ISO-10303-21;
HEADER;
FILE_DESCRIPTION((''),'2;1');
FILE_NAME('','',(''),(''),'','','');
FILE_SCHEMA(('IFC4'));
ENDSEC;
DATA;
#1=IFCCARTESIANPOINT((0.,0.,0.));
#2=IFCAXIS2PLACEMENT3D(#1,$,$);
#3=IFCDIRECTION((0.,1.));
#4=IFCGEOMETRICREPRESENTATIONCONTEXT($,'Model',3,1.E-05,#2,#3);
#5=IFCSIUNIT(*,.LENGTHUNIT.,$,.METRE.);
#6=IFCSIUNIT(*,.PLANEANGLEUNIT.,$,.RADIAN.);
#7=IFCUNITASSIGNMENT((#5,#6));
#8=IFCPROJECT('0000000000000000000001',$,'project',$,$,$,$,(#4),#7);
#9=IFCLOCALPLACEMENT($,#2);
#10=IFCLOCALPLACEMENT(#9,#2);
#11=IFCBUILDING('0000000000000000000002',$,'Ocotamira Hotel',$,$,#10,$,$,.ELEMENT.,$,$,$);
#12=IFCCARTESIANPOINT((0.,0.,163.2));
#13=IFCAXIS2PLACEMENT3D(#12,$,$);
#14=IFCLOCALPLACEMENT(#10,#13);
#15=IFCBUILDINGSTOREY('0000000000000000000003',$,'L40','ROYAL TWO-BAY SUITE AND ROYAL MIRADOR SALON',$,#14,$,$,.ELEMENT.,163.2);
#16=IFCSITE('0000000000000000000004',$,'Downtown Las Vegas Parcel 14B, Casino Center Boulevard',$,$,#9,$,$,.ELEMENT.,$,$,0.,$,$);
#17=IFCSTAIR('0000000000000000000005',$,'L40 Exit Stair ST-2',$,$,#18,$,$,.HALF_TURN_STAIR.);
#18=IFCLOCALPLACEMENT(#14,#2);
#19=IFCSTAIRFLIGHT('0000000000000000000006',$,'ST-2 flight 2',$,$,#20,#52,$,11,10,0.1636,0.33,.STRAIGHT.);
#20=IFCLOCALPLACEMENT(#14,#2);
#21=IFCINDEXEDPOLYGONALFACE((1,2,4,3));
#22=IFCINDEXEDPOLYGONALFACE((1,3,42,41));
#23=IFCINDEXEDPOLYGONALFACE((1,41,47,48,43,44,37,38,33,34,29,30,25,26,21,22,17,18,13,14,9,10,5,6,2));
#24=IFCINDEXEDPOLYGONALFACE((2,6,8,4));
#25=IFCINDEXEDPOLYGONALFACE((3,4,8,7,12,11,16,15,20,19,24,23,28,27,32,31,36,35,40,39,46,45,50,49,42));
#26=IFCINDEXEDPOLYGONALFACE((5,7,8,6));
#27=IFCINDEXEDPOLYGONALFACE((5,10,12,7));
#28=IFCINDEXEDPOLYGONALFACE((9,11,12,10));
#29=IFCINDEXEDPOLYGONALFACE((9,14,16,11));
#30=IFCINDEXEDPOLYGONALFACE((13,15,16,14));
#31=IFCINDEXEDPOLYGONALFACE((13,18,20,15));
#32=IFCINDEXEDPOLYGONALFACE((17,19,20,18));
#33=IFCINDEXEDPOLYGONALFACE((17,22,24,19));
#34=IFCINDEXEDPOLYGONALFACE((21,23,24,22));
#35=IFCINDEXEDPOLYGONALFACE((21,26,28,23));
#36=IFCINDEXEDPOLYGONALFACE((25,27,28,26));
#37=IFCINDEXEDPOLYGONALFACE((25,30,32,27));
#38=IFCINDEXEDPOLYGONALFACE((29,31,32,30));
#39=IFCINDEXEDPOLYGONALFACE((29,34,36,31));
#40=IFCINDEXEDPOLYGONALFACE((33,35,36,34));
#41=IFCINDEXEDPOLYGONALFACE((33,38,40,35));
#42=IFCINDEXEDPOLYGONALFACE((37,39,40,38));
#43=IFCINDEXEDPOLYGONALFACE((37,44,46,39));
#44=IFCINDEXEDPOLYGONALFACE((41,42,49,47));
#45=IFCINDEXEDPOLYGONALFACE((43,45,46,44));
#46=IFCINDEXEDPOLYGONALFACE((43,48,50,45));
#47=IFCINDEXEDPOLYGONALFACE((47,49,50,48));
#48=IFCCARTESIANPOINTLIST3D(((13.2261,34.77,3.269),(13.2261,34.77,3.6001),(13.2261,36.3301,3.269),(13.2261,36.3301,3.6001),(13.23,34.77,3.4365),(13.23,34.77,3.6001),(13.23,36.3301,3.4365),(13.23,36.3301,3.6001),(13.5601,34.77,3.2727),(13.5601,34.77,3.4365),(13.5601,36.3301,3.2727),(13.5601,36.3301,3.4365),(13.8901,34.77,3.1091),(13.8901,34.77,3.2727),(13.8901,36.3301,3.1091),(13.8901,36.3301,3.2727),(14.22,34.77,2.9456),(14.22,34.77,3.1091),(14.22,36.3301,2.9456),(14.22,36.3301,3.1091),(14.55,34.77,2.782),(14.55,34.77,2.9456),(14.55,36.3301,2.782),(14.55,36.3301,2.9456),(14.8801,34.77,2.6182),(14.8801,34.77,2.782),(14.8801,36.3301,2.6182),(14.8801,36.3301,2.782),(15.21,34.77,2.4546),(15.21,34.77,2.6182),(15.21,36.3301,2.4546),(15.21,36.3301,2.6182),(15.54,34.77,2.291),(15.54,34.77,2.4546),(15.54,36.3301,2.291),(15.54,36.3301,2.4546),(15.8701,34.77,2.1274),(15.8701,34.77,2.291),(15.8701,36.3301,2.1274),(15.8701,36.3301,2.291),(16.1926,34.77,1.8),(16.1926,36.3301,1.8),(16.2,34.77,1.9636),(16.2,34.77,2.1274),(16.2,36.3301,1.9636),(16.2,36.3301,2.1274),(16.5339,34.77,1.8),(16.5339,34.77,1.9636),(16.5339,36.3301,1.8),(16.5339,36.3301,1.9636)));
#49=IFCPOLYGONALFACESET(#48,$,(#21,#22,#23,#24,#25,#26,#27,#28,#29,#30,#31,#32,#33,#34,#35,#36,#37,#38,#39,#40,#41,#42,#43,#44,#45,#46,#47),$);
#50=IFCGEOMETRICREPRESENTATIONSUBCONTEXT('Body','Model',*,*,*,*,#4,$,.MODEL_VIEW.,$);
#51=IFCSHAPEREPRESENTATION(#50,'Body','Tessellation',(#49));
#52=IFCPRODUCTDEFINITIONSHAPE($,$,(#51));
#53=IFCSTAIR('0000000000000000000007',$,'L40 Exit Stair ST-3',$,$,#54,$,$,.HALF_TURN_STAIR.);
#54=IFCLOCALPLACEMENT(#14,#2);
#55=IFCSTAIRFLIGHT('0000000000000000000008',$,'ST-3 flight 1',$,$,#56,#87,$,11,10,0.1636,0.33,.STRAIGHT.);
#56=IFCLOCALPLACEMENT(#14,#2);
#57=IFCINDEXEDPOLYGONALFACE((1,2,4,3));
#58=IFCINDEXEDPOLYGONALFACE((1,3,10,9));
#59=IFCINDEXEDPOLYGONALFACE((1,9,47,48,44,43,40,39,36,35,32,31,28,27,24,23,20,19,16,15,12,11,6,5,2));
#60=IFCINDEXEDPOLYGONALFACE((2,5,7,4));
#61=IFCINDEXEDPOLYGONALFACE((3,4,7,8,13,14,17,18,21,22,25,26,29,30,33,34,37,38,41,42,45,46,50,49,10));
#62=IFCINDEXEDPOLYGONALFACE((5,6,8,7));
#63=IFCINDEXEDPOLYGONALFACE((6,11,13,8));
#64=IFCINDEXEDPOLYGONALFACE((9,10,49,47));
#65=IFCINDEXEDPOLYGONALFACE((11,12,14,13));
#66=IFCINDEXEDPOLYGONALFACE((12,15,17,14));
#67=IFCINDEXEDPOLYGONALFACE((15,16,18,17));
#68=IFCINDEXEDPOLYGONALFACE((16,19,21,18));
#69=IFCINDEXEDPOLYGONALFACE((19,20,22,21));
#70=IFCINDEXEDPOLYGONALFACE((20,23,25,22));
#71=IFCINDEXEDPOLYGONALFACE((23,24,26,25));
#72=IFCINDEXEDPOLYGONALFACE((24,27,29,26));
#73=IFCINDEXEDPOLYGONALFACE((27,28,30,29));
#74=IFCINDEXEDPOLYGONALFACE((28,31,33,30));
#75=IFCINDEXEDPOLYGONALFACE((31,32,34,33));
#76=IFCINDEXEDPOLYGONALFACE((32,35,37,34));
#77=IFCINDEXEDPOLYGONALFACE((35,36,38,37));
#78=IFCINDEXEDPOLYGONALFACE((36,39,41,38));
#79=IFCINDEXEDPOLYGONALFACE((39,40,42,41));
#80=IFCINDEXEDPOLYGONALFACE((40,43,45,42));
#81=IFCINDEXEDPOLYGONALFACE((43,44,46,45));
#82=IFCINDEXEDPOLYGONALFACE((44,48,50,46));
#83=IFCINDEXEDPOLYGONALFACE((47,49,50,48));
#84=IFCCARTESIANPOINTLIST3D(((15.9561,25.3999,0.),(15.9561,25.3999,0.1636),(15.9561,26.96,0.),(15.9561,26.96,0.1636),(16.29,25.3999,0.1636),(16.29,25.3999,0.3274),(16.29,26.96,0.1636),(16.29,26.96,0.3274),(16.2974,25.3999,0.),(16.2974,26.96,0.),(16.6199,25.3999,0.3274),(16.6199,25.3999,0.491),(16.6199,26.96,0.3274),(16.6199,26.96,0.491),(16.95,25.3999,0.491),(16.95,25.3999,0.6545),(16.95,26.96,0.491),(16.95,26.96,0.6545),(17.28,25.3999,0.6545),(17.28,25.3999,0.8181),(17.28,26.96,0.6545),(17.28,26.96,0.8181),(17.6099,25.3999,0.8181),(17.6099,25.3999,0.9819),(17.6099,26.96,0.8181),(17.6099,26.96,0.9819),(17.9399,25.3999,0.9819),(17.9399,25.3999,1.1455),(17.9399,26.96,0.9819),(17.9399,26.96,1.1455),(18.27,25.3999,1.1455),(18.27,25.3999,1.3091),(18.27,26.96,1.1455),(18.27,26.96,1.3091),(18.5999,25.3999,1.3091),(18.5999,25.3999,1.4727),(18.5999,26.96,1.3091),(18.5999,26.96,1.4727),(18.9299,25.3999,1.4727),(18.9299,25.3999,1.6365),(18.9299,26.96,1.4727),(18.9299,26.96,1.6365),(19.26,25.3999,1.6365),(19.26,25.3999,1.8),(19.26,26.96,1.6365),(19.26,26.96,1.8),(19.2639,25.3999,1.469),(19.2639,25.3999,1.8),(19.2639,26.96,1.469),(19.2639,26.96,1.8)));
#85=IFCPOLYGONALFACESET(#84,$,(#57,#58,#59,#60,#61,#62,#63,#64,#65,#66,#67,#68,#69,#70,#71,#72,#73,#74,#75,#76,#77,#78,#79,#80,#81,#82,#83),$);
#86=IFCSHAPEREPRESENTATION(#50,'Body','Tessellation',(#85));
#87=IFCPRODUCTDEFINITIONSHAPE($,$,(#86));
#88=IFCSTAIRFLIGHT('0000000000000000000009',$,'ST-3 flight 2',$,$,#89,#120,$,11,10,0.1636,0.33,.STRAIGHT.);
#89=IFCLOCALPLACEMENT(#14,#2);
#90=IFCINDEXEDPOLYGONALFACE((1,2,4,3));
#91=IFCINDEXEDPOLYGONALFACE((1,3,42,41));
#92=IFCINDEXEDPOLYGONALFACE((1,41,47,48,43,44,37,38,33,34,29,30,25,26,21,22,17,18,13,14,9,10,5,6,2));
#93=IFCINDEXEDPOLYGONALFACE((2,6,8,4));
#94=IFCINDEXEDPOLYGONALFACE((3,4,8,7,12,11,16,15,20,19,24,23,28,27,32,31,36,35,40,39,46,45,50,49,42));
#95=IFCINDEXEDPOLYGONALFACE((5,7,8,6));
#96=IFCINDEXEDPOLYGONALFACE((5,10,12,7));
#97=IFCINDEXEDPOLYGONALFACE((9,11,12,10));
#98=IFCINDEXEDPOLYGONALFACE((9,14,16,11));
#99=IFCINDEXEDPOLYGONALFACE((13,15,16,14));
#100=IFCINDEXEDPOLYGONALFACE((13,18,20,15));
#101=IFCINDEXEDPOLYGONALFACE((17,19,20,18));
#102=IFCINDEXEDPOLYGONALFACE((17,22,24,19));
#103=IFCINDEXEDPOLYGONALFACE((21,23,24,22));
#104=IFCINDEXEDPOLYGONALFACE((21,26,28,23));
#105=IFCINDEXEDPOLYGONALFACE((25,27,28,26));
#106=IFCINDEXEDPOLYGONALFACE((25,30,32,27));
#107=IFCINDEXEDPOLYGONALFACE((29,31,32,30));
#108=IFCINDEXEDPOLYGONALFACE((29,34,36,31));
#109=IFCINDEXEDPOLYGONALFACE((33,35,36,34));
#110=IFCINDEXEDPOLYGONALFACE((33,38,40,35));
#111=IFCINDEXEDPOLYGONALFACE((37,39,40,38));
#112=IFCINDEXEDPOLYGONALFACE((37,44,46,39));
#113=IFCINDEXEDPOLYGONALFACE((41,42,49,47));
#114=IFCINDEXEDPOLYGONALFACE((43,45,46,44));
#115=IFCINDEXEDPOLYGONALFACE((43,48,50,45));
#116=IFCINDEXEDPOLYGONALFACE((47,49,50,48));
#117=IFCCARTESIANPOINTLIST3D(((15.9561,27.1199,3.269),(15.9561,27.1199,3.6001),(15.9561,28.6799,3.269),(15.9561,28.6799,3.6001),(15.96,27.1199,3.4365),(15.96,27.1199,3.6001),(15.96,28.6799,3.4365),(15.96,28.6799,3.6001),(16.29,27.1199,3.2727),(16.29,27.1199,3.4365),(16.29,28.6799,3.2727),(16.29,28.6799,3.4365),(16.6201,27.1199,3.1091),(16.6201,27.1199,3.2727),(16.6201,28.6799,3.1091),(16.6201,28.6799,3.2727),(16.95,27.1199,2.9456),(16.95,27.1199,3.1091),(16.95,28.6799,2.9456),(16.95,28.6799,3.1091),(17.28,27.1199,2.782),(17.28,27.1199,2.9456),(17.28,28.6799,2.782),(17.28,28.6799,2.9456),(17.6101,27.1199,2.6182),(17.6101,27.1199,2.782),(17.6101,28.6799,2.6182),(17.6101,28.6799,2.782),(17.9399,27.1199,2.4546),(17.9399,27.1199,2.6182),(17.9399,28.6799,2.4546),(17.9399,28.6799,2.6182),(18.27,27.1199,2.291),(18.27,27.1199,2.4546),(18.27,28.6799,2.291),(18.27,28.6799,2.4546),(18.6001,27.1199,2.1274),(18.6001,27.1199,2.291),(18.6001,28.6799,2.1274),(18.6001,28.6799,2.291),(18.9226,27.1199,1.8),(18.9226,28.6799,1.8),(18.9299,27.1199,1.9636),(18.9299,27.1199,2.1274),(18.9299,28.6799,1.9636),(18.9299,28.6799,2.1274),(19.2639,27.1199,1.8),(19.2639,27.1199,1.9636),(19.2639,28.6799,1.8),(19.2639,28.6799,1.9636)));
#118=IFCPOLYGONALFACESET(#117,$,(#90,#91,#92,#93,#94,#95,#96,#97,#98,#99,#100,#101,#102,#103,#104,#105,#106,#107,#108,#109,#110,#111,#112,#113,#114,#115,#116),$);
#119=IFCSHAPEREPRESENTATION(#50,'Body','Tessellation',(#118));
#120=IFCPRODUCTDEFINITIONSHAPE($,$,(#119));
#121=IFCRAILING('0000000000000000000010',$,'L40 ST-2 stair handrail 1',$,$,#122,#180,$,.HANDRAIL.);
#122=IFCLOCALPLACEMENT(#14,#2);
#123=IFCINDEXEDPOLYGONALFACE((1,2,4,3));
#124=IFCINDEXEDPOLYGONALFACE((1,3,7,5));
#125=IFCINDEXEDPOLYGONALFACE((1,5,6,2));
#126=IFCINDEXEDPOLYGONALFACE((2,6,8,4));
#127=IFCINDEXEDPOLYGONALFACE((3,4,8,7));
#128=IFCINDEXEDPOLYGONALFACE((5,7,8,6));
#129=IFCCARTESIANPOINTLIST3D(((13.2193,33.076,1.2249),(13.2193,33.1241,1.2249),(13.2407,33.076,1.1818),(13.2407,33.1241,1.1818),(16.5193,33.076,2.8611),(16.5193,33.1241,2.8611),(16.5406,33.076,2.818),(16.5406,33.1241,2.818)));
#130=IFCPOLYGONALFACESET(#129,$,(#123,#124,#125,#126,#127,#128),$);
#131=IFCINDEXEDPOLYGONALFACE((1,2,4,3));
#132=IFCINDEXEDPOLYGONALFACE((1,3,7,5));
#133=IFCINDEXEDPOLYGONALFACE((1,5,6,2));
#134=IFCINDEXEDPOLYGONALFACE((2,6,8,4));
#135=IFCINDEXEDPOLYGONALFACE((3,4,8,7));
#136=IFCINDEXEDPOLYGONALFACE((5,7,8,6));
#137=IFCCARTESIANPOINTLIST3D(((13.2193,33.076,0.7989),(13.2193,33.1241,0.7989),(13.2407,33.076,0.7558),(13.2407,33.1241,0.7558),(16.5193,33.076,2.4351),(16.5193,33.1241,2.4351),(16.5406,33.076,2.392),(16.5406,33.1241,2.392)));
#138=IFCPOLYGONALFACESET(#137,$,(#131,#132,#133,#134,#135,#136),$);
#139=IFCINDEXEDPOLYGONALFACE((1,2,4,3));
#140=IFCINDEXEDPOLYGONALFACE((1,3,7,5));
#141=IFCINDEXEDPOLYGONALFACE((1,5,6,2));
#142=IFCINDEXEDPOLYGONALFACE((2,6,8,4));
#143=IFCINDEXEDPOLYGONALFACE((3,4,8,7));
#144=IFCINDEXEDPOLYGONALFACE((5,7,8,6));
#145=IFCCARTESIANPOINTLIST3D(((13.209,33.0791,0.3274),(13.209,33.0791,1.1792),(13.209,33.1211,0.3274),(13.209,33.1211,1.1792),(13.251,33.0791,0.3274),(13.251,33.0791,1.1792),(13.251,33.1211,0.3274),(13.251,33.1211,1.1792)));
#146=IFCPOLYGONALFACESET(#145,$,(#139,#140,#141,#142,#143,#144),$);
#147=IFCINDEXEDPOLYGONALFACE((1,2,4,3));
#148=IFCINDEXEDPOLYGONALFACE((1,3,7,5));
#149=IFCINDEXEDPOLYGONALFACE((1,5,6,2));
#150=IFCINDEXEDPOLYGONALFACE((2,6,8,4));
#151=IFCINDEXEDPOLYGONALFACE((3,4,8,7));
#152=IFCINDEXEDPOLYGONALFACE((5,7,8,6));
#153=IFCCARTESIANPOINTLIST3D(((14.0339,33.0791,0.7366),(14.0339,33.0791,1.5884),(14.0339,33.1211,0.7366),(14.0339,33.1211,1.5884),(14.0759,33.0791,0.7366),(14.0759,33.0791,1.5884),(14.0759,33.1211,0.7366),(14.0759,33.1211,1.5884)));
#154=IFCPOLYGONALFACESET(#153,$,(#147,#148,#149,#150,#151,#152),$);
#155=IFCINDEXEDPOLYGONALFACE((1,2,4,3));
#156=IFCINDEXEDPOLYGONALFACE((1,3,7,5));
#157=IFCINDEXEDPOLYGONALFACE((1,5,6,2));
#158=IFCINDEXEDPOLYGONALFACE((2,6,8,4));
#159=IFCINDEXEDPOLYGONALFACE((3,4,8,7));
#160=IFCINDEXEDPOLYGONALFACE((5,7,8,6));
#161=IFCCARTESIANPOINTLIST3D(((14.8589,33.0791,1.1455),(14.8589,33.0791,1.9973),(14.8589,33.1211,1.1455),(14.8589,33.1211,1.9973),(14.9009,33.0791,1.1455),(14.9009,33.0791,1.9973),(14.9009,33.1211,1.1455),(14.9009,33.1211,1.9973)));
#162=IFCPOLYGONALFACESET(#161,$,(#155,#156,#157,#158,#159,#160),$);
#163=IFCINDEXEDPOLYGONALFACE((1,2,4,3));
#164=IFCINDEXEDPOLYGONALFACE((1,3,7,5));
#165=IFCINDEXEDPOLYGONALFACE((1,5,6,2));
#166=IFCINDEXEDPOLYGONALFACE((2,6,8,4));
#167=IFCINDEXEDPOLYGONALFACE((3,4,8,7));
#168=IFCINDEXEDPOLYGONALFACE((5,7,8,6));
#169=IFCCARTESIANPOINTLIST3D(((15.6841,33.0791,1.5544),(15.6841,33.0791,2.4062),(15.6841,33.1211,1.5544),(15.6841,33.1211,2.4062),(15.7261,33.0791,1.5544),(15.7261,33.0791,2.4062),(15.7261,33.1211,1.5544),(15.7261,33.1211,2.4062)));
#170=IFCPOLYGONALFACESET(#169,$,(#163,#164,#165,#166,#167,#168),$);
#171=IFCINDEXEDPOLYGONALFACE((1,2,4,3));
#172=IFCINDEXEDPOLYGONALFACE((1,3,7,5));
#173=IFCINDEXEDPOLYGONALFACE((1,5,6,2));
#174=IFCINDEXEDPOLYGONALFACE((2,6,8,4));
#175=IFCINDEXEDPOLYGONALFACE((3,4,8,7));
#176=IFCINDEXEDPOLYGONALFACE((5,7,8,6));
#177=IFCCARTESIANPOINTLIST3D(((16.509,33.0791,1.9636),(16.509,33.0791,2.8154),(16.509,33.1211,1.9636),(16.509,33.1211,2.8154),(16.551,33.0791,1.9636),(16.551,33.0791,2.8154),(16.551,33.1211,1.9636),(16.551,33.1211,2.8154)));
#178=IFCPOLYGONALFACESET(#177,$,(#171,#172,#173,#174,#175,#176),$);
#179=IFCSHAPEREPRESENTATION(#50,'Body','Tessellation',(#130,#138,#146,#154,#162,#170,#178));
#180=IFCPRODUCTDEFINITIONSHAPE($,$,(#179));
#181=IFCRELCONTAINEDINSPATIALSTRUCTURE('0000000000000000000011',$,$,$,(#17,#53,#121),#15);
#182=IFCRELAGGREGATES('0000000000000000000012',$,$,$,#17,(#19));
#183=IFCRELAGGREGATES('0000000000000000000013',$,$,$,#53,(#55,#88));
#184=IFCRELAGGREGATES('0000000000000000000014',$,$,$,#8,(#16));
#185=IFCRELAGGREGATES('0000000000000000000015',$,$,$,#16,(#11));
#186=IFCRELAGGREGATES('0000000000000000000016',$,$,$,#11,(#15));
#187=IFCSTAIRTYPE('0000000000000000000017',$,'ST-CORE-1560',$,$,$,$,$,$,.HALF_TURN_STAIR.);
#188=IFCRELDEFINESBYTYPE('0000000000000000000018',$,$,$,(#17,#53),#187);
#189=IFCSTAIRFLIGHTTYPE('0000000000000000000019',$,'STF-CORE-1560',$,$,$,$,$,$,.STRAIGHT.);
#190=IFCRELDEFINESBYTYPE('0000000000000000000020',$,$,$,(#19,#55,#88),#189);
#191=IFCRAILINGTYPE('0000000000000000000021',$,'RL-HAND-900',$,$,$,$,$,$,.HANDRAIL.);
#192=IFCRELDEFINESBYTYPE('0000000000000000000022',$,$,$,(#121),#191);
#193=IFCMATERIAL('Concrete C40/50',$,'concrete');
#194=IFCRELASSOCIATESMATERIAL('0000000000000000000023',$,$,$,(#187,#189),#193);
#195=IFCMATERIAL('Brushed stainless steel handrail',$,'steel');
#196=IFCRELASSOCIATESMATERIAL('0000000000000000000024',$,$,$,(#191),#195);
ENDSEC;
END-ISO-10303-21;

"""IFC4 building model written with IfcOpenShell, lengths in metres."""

from ifc_helpers import new_model, si_unit, direction, frame, origin, origin_2d, place, context, subcontext, project, spatial, polyline, rectangle, outline, extrude, source, transform, mapped, material, type_object, element, aggregate, save


model = new_model("IFC4")

# Units and contexts
model_context = context("Model", 3, precision=1e-05, world=origin(), true_north=direction((0.0, 1.0)))
body_context = subcontext(model_context, "Body", "Model", "MODEL_VIEW")
ifc_project = project(units=[si_unit("LENGTHUNIT", "METRE"), si_unit("PLANEANGLEUNIT", "RADIAN")], contexts=[model_context])

# Site, building, storey
site_placement = place(None, origin())
site = spatial("IfcSite", under=ifc_project, at=site_placement, Name="Downtown Las Vegas Parcel 14B, Casino Center Boulevard", CompositionType="ELEMENT", RefElevation=0.0)
building_placement = place(site_placement, origin())
building = spatial("IfcBuilding", under=site, at=building_placement, Name="Ocotamira Hotel", CompositionType="ELEMENT")
storey_placement = place(building_placement, frame((0.0, 0.0, 163.2)))
storey = spatial("IfcBuildingStorey", under=building, at=storey_placement, Name="L40", Description="ROYAL TWO-BAY SUITE AND ROYAL MIRADOR SALON", CompositionType="ELEMENT", Elevation=163.2)

# Stairs, stair flights
ifc_material_1 = material(Name="Concrete C40/50", Category="concrete")
stair_type = type_object("IfcStairType", Name="ST-CORE-1560", PredefinedType="HALF_TURN_STAIR", material=ifc_material_1)
stair_1_placement = place(storey_placement, origin())
stair_1 = element("IfcStair", 1, at=stair_1_placement, inside=storey, type_object=stair_type, Name="L40 Exit Stair ST-2", PredefinedType="HALF_TURN_STAIR")
stair_flight_type = type_object("IfcStairFlightType", Name="STF-CORE-1560", PredefinedType="STRAIGHT", material=ifc_material_1)
shared_shape_1 = source(origin(), body_context, "Body", "SweptSolid", [
    extrude(outline(polyline([(-0.0039, 0.0), (-0.0039, 0.1636), (0.3301, 0.1636), (0.3301, 0.3274), (0.6599, 0.3274), (0.6599, 0.491), (0.99, 0.491), (0.99, 0.6545), (1.3201, 0.6545), (1.3201, 0.8181), (1.6499, 0.8181), (1.6499, 0.9819), (1.98, 0.9819), (1.98, 1.1455), (2.3101, 1.1455), (2.3101, 1.3091), (2.6399, 1.3091), (2.6399, 1.4727), (2.97, 1.4727), (2.97, 1.6365), (3.3, 1.6365), (3.3, 1.8), (3.304, 1.8), (3.304, 1.469), (0.3374, 0.0), (-0.0039, 0.0)])), frame((0.0, 0.78, 0.0), z_axis=(0.0, -1.0, 0.0), x_axis=(1.0, 0.0, 0.0)), (0.0, 0.0, 1.0), 1.5601),
])
stair_flight_1_placement = place(storey_placement, frame((16.53, 35.55, 1.8), z_axis=(0.0, 0.0, 1.0), x_axis=(-1.0, 0.0, 0.0)))
stair_flight_1 = element("IfcStairFlight", 2, at=stair_flight_1_placement, type_object=stair_flight_type, Name="ST-2 flight 2", NumberOfRisers=11, NumberOfTreads=10, PredefinedType="STRAIGHT", RiserHeight=0.1636, TreadLength=0.33, context=body_context, shape_type="MappedRepresentation", body=[
    mapped(shared_shape_1, transform((0.0, 0.0, 0.0), scale=1.0)),
])
aggregate(stair_1, [stair_flight_1])
stair_2_placement = place(storey_placement, origin())
stair_2 = element("IfcStair", 3, at=stair_2_placement, inside=storey, type_object=stair_type, Name="L40 Exit Stair ST-3", PredefinedType="HALF_TURN_STAIR")
stair_flight_2_placement = place(storey_placement, frame((15.96, 26.1799, 0.0), z_axis=(0.0, 0.0, 1.0), x_axis=(1.0, 0.0, 0.0)))
stair_flight_2 = element("IfcStairFlight", 4, at=stair_flight_2_placement, type_object=stair_flight_type, Name="ST-3 flight 1", NumberOfRisers=11, NumberOfTreads=10, PredefinedType="STRAIGHT", RiserHeight=0.1636, TreadLength=0.33, context=body_context, shape_type="MappedRepresentation", body=[
    mapped(shared_shape_1, transform((0.0, 0.0, 0.0), scale=1.0)),
])
stair_flight_3_placement = place(storey_placement, frame((19.26, 27.8999, 1.8), z_axis=(0.0, 0.0, 1.0), x_axis=(-1.0, 0.0, 0.0)))
stair_flight_3 = element("IfcStairFlight", 5, at=stair_flight_3_placement, type_object=stair_flight_type, Name="ST-3 flight 2", NumberOfRisers=11, NumberOfTreads=10, PredefinedType="STRAIGHT", RiserHeight=0.1636, TreadLength=0.33, context=body_context, shape_type="MappedRepresentation", body=[
    mapped(shared_shape_1, transform((0.0, 0.0, 0.0), scale=1.0)),
])
aggregate(stair_2, [stair_flight_2, stair_flight_3])

# Railing
ifc_material_2 = material(Name="Brushed stainless steel handrail", Category="steel")
railing_type_1 = type_object("IfcRailingType", Name="RL-HAND-900", PredefinedType="HANDRAIL", material=ifc_material_2)
railing_1_placement = place(storey_placement, frame((13.23, 33.1001, 0.3274)))
element("IfcRailing", 6, at=railing_1_placement, inside=storey, type_object=railing_type_1, Name="L40 ST-2 stair handrail 1", PredefinedType="HANDRAIL", context=body_context, shape_type="SweptSolid", body=[
    extrude(rectangle(XDim=0.0481, YDim=0.0481, at=origin_2d()), frame((0.0, 0.0, 0.876), z_axis=(0.89592, 0.0, 0.444215), x_axis=(0.0, 1.0, 0.0)), (0.0, 0.0, 1.0), 3.6833),
    extrude(rectangle(XDim=0.0481, YDim=0.0481, at=origin_2d()), frame((0.0, 0.0, 0.45), z_axis=(0.89592, 0.0, 0.444215), x_axis=(0.0, 1.0, 0.0)), (0.0, 0.0, 1.0), 3.6833),
    extrude(rectangle(XDim=0.042, YDim=0.042, at=origin_2d()), origin(), (0.0, 0.0, 1.0), 0.8518),
    extrude(rectangle(XDim=0.042, YDim=0.042, at=origin_2d()), frame((0.825, 0.0, 0.4092)), (0.0, 0.0, 1.0), 0.8518),
    extrude(rectangle(XDim=0.042, YDim=0.042, at=origin_2d()), frame((1.6499, 0.0, 0.8181)), (0.0, 0.0, 1.0), 0.8518),
    extrude(rectangle(XDim=0.042, YDim=0.042, at=origin_2d()), frame((2.4751, 0.0, 1.2271)), (0.0, 0.0, 1.0), 0.8518),
    extrude(rectangle(XDim=0.042, YDim=0.042, at=origin_2d()), frame((3.3, 0.0, 1.6362)), (0.0, 0.0, 1.0), 0.8518),
])

save(model, "model.ifc")
